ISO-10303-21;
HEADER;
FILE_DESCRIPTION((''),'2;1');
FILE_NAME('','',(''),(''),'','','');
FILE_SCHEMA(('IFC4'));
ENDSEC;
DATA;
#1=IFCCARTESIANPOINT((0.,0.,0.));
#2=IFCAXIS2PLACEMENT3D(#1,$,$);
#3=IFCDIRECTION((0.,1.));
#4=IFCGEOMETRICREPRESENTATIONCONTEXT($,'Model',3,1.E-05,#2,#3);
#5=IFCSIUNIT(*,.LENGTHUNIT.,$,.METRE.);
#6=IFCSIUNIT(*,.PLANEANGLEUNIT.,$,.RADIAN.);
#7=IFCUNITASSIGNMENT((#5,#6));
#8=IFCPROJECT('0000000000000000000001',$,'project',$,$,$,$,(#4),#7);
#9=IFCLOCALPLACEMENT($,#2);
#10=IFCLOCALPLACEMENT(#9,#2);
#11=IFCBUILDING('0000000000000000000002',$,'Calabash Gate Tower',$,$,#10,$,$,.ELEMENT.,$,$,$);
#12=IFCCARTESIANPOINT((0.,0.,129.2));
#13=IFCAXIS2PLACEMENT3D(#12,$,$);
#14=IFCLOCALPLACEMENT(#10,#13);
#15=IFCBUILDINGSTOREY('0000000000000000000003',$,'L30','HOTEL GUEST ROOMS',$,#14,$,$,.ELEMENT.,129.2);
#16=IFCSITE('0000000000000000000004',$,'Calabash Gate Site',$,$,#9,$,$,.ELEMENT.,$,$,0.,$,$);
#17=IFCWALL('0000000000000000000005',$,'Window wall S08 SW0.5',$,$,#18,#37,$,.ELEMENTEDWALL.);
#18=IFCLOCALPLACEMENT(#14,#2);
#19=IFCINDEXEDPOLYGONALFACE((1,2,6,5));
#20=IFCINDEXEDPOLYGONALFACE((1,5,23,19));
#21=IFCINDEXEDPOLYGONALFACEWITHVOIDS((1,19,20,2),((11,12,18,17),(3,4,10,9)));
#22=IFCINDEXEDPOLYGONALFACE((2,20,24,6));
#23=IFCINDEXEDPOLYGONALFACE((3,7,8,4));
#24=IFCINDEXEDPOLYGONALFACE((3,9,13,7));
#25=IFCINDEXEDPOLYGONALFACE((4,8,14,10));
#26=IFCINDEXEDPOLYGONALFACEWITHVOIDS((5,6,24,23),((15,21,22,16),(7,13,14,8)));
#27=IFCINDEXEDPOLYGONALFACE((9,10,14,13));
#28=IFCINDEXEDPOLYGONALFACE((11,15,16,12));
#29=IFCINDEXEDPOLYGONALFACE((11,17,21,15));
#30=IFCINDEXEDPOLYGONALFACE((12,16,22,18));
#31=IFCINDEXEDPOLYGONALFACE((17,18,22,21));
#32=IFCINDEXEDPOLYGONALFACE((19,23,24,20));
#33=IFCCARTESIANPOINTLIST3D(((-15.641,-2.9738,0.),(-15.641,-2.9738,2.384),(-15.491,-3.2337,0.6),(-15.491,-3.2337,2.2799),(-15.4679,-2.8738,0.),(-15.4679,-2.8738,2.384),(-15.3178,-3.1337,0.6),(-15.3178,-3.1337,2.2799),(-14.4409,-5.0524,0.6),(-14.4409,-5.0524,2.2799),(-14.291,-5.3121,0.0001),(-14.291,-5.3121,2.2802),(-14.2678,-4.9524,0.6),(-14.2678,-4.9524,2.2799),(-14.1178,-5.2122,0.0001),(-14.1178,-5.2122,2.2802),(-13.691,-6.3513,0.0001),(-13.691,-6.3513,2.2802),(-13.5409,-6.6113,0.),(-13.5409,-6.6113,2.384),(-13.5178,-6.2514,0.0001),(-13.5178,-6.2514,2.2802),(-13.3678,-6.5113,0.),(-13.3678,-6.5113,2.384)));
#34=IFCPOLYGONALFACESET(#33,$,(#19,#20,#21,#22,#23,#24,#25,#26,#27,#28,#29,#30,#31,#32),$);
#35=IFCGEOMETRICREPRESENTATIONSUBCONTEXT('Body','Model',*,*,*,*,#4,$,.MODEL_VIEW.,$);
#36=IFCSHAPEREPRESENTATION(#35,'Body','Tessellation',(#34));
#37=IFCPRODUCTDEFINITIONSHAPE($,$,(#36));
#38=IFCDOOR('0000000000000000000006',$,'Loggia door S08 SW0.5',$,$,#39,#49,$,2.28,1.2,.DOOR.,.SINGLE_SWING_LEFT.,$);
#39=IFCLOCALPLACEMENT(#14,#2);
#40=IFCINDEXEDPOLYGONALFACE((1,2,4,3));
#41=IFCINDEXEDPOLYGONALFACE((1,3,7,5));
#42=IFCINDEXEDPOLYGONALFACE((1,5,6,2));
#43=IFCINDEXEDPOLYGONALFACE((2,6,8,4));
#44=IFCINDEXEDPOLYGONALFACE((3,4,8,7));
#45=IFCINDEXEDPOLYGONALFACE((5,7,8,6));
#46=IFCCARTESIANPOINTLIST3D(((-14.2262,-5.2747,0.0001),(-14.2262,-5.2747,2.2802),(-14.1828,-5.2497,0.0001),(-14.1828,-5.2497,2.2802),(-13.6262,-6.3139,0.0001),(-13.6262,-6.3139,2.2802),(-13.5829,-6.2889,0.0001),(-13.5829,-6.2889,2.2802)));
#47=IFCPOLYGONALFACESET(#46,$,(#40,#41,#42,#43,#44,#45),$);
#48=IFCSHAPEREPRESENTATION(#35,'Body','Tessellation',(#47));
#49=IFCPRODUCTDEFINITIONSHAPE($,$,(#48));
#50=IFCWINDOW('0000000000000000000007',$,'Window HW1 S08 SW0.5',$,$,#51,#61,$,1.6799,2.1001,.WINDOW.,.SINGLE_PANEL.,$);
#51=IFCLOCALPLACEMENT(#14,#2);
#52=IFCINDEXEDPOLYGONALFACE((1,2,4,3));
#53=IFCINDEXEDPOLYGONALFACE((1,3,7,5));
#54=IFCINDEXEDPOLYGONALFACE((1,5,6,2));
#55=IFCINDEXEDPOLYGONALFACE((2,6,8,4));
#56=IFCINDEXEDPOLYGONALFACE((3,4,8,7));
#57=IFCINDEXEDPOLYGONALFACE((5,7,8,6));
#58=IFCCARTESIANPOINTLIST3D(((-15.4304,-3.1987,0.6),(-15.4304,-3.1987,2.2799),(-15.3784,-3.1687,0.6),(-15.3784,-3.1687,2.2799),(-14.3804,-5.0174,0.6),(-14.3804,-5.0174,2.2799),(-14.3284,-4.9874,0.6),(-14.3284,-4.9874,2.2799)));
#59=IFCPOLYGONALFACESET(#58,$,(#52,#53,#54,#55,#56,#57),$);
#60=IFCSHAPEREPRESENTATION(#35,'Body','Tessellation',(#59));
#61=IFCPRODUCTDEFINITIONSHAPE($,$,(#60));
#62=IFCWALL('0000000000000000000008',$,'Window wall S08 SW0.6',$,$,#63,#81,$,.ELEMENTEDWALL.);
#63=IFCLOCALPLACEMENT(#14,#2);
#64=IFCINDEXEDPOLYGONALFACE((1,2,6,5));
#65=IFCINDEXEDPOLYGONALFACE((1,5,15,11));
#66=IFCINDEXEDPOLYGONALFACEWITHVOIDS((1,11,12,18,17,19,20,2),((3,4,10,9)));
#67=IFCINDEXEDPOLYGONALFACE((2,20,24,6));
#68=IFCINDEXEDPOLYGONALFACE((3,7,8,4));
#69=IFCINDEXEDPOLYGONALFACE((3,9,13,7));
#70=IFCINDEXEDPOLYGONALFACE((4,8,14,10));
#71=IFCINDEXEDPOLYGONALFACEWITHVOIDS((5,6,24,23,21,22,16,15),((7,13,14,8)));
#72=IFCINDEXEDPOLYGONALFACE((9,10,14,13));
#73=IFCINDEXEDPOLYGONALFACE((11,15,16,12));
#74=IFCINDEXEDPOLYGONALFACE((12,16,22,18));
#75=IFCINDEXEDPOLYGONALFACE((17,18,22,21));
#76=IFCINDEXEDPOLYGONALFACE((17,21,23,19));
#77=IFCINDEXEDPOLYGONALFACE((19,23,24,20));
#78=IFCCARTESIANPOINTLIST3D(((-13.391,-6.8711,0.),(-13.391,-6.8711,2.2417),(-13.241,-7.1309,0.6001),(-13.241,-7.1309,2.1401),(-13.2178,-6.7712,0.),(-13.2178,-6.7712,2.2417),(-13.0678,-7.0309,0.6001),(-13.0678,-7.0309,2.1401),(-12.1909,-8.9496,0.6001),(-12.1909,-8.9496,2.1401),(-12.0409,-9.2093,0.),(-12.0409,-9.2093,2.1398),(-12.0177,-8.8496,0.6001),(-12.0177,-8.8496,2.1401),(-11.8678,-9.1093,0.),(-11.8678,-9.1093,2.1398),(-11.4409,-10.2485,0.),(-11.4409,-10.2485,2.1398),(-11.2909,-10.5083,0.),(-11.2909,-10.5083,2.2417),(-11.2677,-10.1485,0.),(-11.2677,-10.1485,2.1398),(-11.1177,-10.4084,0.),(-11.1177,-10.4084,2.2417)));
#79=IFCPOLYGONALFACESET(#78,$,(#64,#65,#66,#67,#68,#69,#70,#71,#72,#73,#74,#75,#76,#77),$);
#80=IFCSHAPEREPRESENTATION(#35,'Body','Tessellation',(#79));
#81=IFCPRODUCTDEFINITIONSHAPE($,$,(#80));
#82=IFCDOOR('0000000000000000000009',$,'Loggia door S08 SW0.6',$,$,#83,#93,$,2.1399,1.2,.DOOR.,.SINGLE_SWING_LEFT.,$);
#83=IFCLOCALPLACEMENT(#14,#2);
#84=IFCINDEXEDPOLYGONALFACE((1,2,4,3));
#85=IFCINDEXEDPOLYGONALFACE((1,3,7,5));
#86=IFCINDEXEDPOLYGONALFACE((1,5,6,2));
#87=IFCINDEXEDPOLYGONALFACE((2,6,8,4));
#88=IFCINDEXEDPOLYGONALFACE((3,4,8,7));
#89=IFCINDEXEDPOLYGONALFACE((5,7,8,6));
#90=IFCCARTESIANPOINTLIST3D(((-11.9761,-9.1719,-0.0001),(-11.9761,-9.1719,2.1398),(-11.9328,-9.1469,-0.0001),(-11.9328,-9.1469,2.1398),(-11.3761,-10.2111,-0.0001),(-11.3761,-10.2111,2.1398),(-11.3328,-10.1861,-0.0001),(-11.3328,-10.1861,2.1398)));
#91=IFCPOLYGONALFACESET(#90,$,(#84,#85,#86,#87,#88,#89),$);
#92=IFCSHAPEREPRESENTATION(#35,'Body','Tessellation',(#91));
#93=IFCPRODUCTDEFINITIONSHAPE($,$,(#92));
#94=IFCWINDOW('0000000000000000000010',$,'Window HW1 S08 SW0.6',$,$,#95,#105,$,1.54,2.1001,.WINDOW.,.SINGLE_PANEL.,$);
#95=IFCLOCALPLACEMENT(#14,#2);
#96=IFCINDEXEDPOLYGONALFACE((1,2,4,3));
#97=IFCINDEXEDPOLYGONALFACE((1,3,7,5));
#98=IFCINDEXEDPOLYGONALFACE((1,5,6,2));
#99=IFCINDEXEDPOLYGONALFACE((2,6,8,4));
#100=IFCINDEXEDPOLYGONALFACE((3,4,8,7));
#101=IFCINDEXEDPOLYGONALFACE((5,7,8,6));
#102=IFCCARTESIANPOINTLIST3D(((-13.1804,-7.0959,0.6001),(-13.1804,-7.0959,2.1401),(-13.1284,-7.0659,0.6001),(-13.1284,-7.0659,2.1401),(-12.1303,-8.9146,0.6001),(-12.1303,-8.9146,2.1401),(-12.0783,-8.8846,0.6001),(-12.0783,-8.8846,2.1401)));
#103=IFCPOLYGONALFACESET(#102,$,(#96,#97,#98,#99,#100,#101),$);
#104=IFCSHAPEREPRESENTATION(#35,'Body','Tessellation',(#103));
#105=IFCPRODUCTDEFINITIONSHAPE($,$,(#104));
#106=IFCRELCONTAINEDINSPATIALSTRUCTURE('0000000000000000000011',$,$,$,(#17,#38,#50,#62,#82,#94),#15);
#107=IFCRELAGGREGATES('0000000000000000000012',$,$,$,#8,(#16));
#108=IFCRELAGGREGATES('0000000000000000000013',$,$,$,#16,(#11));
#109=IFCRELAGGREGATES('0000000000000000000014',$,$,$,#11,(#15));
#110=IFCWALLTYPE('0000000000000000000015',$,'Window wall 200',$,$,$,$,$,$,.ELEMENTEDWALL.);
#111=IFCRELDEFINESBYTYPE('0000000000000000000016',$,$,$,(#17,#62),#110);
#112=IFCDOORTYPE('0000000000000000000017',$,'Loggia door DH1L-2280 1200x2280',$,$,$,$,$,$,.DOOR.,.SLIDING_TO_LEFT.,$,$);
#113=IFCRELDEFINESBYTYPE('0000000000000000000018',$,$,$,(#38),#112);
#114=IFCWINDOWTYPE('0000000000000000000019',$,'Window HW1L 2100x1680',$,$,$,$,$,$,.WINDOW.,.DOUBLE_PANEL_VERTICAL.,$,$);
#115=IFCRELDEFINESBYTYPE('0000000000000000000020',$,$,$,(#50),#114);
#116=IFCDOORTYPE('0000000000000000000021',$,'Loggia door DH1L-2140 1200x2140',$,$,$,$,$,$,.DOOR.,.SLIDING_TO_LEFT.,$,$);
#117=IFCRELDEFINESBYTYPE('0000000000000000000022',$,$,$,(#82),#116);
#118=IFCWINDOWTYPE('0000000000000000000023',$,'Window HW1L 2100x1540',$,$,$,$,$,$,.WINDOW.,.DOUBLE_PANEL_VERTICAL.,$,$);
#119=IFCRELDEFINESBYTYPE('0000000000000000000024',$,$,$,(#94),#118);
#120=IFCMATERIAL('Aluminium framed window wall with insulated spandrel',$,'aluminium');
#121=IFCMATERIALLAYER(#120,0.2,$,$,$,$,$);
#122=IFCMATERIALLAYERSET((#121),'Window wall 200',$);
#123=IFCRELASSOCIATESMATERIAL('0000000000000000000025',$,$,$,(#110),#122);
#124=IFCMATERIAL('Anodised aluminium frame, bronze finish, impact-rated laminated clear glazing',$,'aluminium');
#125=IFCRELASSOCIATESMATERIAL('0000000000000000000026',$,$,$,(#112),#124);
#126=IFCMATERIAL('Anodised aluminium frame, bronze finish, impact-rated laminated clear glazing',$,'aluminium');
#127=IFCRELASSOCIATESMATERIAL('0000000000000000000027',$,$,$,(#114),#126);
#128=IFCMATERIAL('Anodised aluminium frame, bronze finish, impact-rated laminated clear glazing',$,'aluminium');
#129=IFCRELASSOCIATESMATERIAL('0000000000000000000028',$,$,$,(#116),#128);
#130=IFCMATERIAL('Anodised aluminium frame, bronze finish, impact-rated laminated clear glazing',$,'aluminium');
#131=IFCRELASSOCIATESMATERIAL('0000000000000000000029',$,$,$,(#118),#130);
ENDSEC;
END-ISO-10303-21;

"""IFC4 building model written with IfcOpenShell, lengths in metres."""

from ifc_helpers import new_model, si_unit, direction, frame, frame_2d, origin, place, context, subcontext, project, spatial, rectangle, extrude, material, layer, layer_set, type_object, element, fill, save


model = new_model("IFC4")

# Units and contexts
model_context = context("Model", 3, precision=1e-05, world=origin(), true_north=direction((0.0, 1.0)))
body_context = subcontext(model_context, "Body", "Model", "MODEL_VIEW")
ifc_project = project(units=[si_unit("LENGTHUNIT", "METRE"), si_unit("PLANEANGLEUNIT", "RADIAN")], contexts=[model_context])

# Site, building, storey
site_placement = place(None, origin())
site = spatial("IfcSite", under=ifc_project, at=site_placement, Name="Calabash Gate Site", CompositionType="ELEMENT", RefElevation=0.0)
building_placement = place(site_placement, origin())
building = spatial("IfcBuilding", under=site, at=building_placement, Name="Calabash Gate Tower", CompositionType="ELEMENT")
storey_placement = place(building_placement, frame((0.0, 0.0, 129.2)))
storey = spatial("IfcBuildingStorey", under=building, at=storey_placement, Name="L30", Description="HOTEL GUEST ROOMS", CompositionType="ELEMENT", Elevation=129.2)

# Walls, openings, doors, windows
ifc_material_1 = material(Name="Aluminium framed window wall with insulated spandrel", Category="aluminium")
ifc_layer_1 = layer(ifc_material_1, 0.2)
ifc_layer_set_1 = layer_set([ifc_layer_1], Name="Window wall 200")
wall_type_1 = type_object("IfcWallType", Name="Window wall 200", PredefinedType="ELEMENTEDWALL", material=ifc_layer_set_1)
wall_1_placement = place(storey_placement, frame((-15.5544, -2.9238, 0.0), z_axis=(0.0, 0.0, 1.0), x_axis=(0.500003, -0.866024, 0.0)))
wall_1 = element("IfcWall", 1, at=wall_1_placement, inside=storey, type_object=wall_type_1, Name="Window wall S08 SW0.5", PredefinedType="ELEMENTEDWALL", context=body_context, shape_type="SweptSolid", body=[
    extrude(rectangle(XDim=4.2002, YDim=0.2, at=frame_2d((2.1001, 0.0))), origin(), (0.0, 0.0, 1.0), 2.384),
])
opening_1_placement = place(wall_1_placement, frame((0.3, 0.0, 0.6001)))
opening_1 = element("IfcOpeningElement", 2, at=opening_1_placement, cuts=wall_1, PredefinedType="OPENING", context=body_context, shape_type="SweptSolid", body=[
    extrude(rectangle(XDim=2.1001, YDim=1.6799, at=frame_2d((1.05, 0.8398))), frame((0.0, 0.1099, 0.0), z_axis=(0.0, -1.0, 0.0), x_axis=(1.0, 0.0, 0.0)), (0.0, 0.0, 1.0), 0.22),
])
opening_2_placement = place(wall_1_placement, frame((2.7, 0.0, 0.0)))
opening_2 = element("IfcOpeningElement", 3, at=opening_2_placement, cuts=wall_1, PredefinedType="OPENING", context=body_context, shape_type="SweptSolid", body=[
    extrude(rectangle(XDim=1.2, YDim=2.28, at=frame_2d((0.6001, 1.1401))), frame((0.0, 0.1099, 0.0), z_axis=(0.0, -1.0, 0.0), x_axis=(1.0, 0.0, 0.0)), (0.0, 0.0, 1.0), 0.22),
])
ifc_material_2 = material(Name="Anodised aluminium frame, bronze finish, impact-rated laminated clear glazing", Category="aluminium")
door_type_1 = type_object("IfcDoorType", Name="Loggia door DH1L-2280 1200x2280", OperationType="SLIDING_TO_LEFT", PredefinedType="DOOR", material=ifc_material_2)
door_1_placement = place(opening_2_placement, origin())
door_1 = element("IfcDoor", 4, at=door_1_placement, inside=storey, type_object=door_type_1, Name="Loggia door S08 SW0.5", OperationType="SINGLE_SWING_LEFT", OverallHeight=2.28, OverallWidth=1.2, PredefinedType="DOOR", context=body_context, shape_type="SweptSolid", body=[
    extrude(rectangle(XDim=1.2, YDim=2.28, at=frame_2d((0.6001, 1.1401))), frame((0.0, 0.0249, 0.0), z_axis=(0.0, -1.0, 0.0), x_axis=(1.0, 0.0, 0.0)), (0.0, 0.0, 1.0), 0.05),
])
fill(opening_2, door_1)
ifc_material_3 = material(Name="Anodised aluminium frame, bronze finish, impact-rated laminated clear glazing", Category="aluminium")
window_type_1 = type_object("IfcWindowType", Name="Window HW1L 2100x1680", PartitioningType="DOUBLE_PANEL_VERTICAL", PredefinedType="WINDOW", material=ifc_material_3)
window_1_placement = place(opening_1_placement, origin())
window_1 = element("IfcWindow", 5, at=window_1_placement, inside=storey, type_object=window_type_1, Name="Window HW1 S08 SW0.5", OverallHeight=1.6799, OverallWidth=2.1001, PartitioningType="SINGLE_PANEL", PredefinedType="WINDOW", context=body_context, shape_type="SweptSolid", body=[
    extrude(rectangle(XDim=2.1001, YDim=1.6799, at=frame_2d((1.05, 0.8398))), frame((0.0, 0.03, 0.0), z_axis=(0.0, -1.0, 0.0), x_axis=(1.0, 0.0, 0.0)), (0.0, 0.0, 1.0), 0.0601),
])
fill(opening_1, window_1)
wall_2_placement = place(storey_placement, frame((-13.3044, -6.821, 0.0), z_axis=(0.0, 0.0, 1.0), x_axis=(0.500028, -0.866009, 0.0)))
wall_2 = element("IfcWall", 6, at=wall_2_placement, inside=storey, type_object=wall_type_1, Name="Window wall S08 SW0.6", PredefinedType="ELEMENTEDWALL", context=body_context, shape_type="SweptSolid", body=[
    extrude(rectangle(XDim=4.2, YDim=0.2, at=frame_2d((2.1001, 0.0))), origin(), (0.0, 0.0, 1.0), 2.2417),
])
opening_3_placement = place(wall_2_placement, frame((0.3, 0.0, 0.6001)))
opening_3 = element("IfcOpeningElement", 7, at=opening_3_placement, cuts=wall_2, PredefinedType="OPENING", context=body_context, shape_type="SweptSolid", body=[
    extrude(rectangle(XDim=2.1001, YDim=1.54, at=frame_2d((1.05, 0.77))), frame((0.0, 0.1099, 0.0), z_axis=(0.0, -1.0, 0.0), x_axis=(1.0, 0.0, 0.0)), (0.0, 0.0, 1.0), 0.22),
])
opening_4_placement = place(wall_2_placement, frame((2.7, 0.0, 0.0)))
opening_4 = element("IfcOpeningElement", 8, at=opening_4_placement, cuts=wall_2, PredefinedType="OPENING", context=body_context, shape_type="SweptSolid", body=[
    extrude(rectangle(XDim=1.2, YDim=2.1399, at=frame_2d((0.6001, 1.0698))), frame((0.0, 0.1099, 0.0), z_axis=(0.0, -1.0, 0.0), x_axis=(1.0, 0.0, 0.0)), (0.0, 0.0, 1.0), 0.22),
])
ifc_material_4 = material(Name="Anodised aluminium frame, bronze finish, impact-rated laminated clear glazing", Category="aluminium")
door_type_2 = type_object("IfcDoorType", Name="Loggia door DH1L-2140 1200x2140", OperationType="SLIDING_TO_LEFT", PredefinedType="DOOR", material=ifc_material_4)
door_2_placement = place(opening_4_placement, origin())
door_2 = element("IfcDoor", 9, at=door_2_placement, inside=storey, type_object=door_type_2, Name="Loggia door S08 SW0.6", OperationType="SINGLE_SWING_LEFT", OverallHeight=2.1399, OverallWidth=1.2, PredefinedType="DOOR", context=body_context, shape_type="SweptSolid", body=[
    extrude(rectangle(XDim=1.2, YDim=2.1399, at=frame_2d((0.6001, 1.0698))), frame((0.0, 0.0249, 0.0), z_axis=(0.0, -1.0, 0.0), x_axis=(1.0, 0.0, 0.0)), (0.0, 0.0, 1.0), 0.05),
])
fill(opening_4, door_2)
ifc_material_5 = material(Name="Anodised aluminium frame, bronze finish, impact-rated laminated clear glazing", Category="aluminium")
window_type_2 = type_object("IfcWindowType", Name="Window HW1L 2100x1540", PartitioningType="DOUBLE_PANEL_VERTICAL", PredefinedType="WINDOW", material=ifc_material_5)
window_2_placement = place(opening_3_placement, origin())
window_2 = element("IfcWindow", 10, at=window_2_placement, inside=storey, type_object=window_type_2, Name="Window HW1 S08 SW0.6", OverallHeight=1.54, OverallWidth=2.1001, PartitioningType="SINGLE_PANEL", PredefinedType="WINDOW", context=body_context, shape_type="SweptSolid", body=[
    extrude(rectangle(XDim=2.1001, YDim=1.54, at=frame_2d((1.05, 0.77))), frame((0.0, 0.03, 0.0), z_axis=(0.0, -1.0, 0.0), x_axis=(1.0, 0.0, 0.0)), (0.0, 0.0, 1.0), 0.0601),
])
fill(opening_3, window_2)

save(model, "model.ifc")
